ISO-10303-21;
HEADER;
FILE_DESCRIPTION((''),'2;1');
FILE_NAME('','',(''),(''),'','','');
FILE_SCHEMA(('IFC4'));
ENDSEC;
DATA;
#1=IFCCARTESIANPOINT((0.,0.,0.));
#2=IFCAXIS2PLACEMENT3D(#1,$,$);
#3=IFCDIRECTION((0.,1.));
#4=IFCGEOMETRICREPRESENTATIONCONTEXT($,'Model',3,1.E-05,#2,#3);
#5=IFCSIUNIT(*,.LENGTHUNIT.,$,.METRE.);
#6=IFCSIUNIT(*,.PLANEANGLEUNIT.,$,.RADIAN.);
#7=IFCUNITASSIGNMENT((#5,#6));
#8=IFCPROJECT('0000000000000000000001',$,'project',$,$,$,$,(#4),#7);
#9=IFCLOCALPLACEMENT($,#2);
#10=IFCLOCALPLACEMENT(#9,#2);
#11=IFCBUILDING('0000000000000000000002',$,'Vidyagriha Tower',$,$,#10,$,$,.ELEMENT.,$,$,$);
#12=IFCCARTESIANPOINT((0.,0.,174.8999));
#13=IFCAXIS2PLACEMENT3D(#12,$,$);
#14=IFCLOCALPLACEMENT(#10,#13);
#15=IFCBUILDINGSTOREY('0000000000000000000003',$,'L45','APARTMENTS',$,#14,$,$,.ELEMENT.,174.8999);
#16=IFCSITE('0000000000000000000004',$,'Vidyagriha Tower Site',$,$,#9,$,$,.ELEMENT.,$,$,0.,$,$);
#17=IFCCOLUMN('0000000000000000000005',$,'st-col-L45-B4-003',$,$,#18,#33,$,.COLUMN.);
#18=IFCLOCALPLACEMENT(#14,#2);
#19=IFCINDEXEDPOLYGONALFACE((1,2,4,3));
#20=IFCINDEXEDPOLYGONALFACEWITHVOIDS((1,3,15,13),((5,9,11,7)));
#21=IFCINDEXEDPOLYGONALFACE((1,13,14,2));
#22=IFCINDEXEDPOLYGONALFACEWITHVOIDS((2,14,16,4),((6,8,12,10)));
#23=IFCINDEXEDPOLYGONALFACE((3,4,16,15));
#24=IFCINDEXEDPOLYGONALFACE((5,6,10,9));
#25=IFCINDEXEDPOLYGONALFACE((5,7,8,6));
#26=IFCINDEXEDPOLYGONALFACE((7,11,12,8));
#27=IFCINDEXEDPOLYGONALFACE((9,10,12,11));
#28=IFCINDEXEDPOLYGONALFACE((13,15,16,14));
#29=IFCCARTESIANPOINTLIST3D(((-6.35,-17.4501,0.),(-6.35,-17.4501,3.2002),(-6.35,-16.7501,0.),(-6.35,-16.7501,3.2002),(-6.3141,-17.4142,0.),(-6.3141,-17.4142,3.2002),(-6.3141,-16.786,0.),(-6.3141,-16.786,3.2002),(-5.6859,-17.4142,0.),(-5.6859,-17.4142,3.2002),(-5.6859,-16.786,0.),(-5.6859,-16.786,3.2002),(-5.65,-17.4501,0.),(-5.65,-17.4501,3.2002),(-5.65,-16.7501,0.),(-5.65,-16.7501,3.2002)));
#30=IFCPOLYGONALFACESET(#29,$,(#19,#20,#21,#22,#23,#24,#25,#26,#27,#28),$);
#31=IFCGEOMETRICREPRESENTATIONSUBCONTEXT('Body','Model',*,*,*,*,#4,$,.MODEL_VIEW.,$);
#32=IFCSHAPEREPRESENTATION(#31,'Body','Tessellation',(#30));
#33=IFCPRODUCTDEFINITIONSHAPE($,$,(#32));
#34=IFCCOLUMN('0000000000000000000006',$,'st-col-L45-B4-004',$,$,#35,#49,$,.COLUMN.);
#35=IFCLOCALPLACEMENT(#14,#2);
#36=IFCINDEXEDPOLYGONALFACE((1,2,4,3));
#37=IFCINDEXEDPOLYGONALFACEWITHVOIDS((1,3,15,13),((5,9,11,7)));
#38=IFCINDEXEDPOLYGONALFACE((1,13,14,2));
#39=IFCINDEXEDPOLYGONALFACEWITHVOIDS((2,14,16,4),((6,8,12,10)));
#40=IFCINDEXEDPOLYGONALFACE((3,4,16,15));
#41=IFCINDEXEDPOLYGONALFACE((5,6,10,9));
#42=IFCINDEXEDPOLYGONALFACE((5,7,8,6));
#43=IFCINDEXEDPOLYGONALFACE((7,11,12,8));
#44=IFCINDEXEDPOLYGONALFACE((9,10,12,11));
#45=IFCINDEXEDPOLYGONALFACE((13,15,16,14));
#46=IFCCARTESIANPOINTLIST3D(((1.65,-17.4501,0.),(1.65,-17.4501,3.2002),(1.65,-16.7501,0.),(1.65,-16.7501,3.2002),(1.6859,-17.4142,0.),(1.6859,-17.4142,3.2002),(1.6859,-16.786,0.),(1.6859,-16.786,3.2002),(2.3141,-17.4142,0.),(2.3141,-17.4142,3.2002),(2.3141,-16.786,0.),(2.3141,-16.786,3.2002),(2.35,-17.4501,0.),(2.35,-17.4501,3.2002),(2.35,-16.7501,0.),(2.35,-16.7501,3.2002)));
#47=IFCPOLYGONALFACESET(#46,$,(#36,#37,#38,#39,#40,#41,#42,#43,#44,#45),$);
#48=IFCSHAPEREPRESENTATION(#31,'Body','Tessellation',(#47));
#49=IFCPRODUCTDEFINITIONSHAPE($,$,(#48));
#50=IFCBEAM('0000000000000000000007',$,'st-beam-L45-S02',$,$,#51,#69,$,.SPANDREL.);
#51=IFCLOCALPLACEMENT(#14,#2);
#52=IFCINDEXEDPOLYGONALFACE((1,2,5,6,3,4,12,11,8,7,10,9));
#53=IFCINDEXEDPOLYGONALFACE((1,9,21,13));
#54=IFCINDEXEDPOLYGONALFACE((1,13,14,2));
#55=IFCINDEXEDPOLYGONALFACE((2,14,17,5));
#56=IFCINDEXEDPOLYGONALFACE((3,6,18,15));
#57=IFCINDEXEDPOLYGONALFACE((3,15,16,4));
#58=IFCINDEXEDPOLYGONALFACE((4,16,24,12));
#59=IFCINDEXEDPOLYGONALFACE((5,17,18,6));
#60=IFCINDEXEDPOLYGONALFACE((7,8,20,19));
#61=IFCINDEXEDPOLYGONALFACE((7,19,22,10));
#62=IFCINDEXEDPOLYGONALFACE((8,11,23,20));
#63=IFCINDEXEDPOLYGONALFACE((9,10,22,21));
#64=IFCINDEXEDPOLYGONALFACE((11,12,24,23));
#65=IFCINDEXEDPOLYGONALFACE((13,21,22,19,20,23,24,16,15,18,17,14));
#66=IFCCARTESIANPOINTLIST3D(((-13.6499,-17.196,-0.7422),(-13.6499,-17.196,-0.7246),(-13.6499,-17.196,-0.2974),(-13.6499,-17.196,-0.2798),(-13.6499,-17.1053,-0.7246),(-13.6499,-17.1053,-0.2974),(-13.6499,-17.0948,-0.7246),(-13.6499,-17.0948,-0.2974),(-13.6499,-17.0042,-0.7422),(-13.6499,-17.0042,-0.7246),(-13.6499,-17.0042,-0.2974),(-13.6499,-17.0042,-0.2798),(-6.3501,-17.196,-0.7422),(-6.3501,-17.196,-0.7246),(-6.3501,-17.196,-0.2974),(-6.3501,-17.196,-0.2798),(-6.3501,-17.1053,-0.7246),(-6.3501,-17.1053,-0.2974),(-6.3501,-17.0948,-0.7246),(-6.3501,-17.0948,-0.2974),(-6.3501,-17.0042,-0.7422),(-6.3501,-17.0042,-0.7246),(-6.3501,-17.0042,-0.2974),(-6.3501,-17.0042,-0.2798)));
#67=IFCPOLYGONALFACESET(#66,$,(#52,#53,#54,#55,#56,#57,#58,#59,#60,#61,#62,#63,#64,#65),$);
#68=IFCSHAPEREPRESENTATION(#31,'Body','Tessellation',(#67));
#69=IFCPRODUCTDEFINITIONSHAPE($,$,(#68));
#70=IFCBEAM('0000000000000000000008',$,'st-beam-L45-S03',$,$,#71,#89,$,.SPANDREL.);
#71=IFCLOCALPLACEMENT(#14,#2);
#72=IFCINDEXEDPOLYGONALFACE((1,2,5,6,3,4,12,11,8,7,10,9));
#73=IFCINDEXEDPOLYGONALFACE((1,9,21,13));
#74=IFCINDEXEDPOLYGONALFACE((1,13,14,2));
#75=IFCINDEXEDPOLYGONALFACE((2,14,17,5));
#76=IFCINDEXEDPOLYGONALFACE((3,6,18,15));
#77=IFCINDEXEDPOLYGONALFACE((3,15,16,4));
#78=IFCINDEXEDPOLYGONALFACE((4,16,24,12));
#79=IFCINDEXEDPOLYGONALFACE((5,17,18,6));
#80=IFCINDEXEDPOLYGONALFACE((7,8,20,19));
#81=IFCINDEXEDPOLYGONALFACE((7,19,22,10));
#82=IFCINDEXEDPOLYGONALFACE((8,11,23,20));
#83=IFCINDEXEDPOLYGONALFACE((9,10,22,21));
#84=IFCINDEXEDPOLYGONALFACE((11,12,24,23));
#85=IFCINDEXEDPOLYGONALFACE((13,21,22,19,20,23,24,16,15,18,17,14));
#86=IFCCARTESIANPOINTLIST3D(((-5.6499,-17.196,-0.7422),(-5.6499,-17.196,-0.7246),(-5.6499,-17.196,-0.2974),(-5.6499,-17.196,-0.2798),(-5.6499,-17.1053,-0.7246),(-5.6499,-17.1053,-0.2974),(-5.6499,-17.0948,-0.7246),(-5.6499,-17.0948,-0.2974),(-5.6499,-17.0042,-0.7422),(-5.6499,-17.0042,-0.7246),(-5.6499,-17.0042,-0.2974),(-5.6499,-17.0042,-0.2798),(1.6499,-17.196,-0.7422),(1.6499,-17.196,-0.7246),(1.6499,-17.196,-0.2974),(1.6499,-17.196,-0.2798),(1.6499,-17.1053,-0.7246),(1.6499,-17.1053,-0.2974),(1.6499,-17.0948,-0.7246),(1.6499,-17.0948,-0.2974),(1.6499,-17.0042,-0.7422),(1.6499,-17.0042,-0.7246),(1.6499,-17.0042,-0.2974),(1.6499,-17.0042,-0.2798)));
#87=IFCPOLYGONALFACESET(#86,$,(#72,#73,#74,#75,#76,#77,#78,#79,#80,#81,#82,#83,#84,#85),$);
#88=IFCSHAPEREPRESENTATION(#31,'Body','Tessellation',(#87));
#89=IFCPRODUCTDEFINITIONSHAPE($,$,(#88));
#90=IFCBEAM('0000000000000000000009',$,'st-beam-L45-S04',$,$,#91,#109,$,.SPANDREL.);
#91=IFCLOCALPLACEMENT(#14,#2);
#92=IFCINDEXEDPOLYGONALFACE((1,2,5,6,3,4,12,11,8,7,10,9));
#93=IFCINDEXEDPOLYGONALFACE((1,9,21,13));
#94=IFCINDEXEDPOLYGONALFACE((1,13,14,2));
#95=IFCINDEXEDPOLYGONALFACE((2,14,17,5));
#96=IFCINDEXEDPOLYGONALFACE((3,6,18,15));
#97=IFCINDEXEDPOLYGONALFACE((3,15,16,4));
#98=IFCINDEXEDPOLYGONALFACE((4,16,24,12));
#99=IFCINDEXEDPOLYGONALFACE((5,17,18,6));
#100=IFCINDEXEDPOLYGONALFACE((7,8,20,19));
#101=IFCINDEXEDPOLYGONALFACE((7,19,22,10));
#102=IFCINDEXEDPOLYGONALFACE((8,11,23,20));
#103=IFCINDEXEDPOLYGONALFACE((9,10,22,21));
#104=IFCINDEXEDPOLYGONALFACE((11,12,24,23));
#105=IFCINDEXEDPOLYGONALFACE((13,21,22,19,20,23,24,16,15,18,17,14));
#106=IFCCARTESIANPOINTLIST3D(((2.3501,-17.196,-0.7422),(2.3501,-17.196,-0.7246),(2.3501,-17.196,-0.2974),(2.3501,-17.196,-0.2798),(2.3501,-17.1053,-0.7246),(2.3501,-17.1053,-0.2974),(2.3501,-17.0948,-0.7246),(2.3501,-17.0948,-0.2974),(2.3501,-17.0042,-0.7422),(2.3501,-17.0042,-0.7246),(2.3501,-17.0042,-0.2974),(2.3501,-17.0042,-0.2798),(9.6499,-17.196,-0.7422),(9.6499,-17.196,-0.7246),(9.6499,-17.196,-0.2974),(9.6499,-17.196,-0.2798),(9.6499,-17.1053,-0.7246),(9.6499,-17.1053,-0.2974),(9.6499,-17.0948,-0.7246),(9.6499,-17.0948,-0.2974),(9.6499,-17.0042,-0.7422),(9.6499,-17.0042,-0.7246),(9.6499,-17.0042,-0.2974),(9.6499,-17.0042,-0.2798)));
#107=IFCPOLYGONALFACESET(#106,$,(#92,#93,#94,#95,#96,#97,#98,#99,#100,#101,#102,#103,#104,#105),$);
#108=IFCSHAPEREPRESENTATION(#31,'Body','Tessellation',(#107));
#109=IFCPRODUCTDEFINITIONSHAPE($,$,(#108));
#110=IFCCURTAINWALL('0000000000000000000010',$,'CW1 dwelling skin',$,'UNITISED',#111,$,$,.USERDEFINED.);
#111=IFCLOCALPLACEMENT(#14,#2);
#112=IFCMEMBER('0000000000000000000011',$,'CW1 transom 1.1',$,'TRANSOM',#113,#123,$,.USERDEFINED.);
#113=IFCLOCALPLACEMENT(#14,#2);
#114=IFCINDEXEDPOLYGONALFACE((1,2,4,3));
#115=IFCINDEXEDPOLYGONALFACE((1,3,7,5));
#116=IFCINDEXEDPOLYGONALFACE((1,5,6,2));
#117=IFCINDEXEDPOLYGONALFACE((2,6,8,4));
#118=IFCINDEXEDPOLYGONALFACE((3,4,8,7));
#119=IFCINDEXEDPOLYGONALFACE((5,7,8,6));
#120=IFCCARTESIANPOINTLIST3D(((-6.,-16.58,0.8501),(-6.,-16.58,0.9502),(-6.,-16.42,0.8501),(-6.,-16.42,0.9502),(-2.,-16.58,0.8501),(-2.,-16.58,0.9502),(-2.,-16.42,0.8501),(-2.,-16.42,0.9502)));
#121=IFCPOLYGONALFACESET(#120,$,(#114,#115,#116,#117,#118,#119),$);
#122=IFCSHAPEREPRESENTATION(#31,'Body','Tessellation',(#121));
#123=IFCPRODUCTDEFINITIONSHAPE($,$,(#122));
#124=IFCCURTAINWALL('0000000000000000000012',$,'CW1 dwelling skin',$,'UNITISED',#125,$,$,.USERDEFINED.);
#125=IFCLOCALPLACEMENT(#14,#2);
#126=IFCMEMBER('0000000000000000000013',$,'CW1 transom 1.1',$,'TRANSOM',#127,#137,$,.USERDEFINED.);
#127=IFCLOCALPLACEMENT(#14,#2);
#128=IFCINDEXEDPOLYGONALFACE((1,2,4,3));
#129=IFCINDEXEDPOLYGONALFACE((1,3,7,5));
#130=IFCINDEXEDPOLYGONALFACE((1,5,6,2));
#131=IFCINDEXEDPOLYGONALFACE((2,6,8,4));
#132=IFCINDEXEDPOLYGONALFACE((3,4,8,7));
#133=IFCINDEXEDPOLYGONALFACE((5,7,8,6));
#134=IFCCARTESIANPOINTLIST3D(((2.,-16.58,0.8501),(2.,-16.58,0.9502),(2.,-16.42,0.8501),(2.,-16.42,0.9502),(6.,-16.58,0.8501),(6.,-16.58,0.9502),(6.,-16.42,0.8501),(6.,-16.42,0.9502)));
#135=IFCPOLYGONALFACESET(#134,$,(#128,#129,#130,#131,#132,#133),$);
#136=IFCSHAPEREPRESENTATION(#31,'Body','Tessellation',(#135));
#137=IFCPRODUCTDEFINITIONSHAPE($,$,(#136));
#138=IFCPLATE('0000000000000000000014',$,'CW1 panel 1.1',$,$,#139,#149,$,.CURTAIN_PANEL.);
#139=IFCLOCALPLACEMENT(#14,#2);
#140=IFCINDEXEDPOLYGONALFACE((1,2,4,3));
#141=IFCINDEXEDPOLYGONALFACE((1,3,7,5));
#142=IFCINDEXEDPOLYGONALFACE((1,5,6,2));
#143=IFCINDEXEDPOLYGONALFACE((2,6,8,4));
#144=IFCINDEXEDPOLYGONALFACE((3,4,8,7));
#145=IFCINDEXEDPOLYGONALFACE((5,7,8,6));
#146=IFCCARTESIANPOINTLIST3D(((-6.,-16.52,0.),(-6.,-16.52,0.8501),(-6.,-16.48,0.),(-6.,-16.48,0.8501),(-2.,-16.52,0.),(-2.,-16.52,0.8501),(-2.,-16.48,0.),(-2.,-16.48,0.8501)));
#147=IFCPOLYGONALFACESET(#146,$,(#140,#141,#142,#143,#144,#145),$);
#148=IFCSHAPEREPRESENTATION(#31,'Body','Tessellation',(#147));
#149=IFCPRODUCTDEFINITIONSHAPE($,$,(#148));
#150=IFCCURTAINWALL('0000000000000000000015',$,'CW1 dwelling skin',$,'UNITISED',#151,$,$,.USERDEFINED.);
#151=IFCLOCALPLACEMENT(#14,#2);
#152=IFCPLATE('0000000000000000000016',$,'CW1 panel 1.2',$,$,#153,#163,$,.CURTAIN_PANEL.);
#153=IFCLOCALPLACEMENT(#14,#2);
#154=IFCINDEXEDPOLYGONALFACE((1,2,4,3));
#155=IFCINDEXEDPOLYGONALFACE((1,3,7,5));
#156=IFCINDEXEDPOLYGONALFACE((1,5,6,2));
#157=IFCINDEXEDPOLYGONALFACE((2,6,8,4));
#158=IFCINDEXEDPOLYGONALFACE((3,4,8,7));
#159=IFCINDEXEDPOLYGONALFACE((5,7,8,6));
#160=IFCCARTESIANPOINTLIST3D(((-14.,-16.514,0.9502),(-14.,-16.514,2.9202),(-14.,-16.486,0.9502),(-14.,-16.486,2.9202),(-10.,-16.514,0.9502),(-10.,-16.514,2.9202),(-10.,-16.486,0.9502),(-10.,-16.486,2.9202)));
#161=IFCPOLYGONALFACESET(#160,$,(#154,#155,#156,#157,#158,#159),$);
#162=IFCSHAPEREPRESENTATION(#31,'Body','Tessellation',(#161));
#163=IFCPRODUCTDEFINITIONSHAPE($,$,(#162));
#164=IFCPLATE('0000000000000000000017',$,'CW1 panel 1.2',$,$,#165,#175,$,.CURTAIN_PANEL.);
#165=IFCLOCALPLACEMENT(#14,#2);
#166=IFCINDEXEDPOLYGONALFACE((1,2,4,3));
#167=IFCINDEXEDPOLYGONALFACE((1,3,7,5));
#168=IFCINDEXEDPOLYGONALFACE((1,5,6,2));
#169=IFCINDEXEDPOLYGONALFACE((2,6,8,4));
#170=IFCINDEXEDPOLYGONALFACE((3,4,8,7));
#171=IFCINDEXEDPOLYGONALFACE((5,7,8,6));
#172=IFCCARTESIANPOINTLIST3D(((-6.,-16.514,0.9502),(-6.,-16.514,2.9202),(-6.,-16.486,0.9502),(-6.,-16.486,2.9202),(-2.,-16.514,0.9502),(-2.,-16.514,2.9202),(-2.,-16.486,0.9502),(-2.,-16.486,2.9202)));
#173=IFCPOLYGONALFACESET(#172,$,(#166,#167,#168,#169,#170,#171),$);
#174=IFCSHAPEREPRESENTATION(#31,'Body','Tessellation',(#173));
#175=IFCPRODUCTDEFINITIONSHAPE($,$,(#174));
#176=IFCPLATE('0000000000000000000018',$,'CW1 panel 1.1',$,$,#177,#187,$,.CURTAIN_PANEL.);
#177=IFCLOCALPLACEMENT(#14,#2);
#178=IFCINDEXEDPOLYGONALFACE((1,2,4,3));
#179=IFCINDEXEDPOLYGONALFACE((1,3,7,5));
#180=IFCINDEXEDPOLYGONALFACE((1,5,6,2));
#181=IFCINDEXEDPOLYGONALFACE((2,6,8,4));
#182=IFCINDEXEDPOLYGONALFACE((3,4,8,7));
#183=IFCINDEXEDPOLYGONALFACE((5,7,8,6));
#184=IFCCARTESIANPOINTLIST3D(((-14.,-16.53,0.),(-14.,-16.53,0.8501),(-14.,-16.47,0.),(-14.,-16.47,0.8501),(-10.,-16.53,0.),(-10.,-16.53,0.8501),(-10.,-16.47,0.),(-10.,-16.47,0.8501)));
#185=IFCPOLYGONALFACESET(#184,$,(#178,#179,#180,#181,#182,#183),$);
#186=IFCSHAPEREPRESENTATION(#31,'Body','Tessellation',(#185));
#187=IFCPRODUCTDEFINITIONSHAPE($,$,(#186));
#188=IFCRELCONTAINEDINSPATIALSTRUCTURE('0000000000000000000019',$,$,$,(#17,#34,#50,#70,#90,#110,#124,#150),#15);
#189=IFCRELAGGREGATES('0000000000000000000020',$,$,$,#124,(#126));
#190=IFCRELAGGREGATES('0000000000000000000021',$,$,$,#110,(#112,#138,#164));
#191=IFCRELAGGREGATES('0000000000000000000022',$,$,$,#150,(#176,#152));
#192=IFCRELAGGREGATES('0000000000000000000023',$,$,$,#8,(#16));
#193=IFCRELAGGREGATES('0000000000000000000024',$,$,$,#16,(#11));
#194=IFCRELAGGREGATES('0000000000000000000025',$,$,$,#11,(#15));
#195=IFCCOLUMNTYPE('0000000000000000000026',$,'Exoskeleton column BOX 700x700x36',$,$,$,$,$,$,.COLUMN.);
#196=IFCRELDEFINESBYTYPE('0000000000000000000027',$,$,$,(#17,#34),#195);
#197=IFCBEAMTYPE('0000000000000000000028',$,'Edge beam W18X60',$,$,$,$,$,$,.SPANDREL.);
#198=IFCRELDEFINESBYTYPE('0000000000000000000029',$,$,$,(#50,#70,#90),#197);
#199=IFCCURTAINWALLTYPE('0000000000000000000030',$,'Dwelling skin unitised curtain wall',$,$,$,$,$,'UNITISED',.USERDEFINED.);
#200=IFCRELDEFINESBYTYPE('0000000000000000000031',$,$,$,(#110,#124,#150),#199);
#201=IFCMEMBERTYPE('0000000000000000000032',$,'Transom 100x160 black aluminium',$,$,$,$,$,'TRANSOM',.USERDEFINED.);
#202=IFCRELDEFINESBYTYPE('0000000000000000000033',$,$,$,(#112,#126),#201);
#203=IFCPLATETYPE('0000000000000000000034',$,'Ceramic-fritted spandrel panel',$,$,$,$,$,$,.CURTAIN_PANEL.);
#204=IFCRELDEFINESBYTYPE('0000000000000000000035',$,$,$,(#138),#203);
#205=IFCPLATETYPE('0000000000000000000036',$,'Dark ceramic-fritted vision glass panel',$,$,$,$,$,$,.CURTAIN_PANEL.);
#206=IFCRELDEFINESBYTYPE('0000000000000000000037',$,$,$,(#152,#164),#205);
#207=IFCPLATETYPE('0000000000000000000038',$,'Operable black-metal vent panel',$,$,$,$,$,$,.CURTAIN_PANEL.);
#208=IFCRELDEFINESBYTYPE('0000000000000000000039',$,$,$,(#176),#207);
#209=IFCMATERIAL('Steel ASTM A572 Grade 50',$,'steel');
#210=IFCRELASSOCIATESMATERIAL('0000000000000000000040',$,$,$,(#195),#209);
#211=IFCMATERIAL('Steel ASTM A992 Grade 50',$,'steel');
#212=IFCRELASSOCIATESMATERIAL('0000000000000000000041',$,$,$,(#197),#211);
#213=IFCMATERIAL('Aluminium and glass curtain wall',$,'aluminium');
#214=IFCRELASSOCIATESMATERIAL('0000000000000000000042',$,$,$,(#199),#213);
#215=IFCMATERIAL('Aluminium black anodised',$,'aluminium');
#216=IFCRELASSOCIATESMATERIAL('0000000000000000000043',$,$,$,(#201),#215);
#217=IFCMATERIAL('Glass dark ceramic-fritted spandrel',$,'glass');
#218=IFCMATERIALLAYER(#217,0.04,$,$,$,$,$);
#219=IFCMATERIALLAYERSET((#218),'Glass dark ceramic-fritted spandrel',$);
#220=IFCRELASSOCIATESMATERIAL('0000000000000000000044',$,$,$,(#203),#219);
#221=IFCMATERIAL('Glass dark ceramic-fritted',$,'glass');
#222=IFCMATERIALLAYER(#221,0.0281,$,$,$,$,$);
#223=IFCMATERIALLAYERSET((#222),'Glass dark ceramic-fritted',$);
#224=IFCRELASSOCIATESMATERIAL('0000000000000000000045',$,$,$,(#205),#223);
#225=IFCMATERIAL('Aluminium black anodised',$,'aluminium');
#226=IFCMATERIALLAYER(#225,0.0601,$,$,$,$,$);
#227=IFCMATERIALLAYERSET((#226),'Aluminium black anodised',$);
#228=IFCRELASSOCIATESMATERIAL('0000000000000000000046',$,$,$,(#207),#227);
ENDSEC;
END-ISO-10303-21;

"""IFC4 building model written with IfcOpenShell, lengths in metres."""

from ifc_helpers import new_model, si_unit, direction, frame, origin, origin_2d, place, context, subcontext, project, spatial, rectangle, hollow_rectangle, i_section, extrude, material, layer, layer_set, material_profile, profile_set, type_object, element, aggregate, save


model = new_model("IFC4")

# Units and contexts
model_context = context("Model", 3, precision=1e-05, world=origin(), true_north=direction((0.0, 1.0)))
body_context = subcontext(model_context, "Body", "Model", "MODEL_VIEW")
ifc_project = project(units=[si_unit("LENGTHUNIT", "METRE"), si_unit("PLANEANGLEUNIT", "RADIAN")], contexts=[model_context])

# Site, building, storey
site_placement = place(None, origin())
site = spatial("IfcSite", under=ifc_project, at=site_placement, Name="Vidyagriha Tower Site", CompositionType="ELEMENT", RefElevation=0.0)
building_placement = place(site_placement, origin())
building = spatial("IfcBuilding", under=site, at=building_placement, Name="Vidyagriha Tower", CompositionType="ELEMENT")
storey_placement = place(building_placement, frame((0.0, 0.0, 174.8999)))
storey = spatial("IfcBuildingStorey", under=building, at=storey_placement, Name="L45", Description="APARTMENTS", CompositionType="ELEMENT", Elevation=174.8999)

# Columns
ifc_material_1 = material(Name="Steel ASTM A572 Grade 50", Category="steel")
ifc_material_profile_1 = material_profile(ifc_material_1, hollow_rectangle(XDim=0.7, YDim=0.7, WallThickness=0.0359, at=origin_2d()), Name="BOX 700x700x36")
ifc_profile_set_1 = profile_set([ifc_material_profile_1], Name="Steel ASTM A572 Grade 50")
column_type = type_object("IfcColumnType", Name="Exoskeleton column BOX 700x700x36", PredefinedType="COLUMN", material=ifc_profile_set_1)
for number, where, name in (
    (1, (-6.0, -17.1001, 0.0), "st-col-L45-B4-003"),
    (2, (2.0, -17.1001, 0.0), "st-col-L45-B4-004"),
):
    element("IfcColumn", number, at=place(storey_placement, frame(where)), inside=storey, type_object=column_type, Name=name, PredefinedType="COLUMN", context=body_context, shape_type="SweptSolid", body=[
        extrude(hollow_rectangle(XDim=0.7, YDim=0.7, WallThickness=0.0359, at=origin_2d()), origin(), (0.0, 0.0, 1.0), 3.2002),
    ])

# Beams
ifc_material_2 = material(Name="Steel ASTM A992 Grade 50", Category="steel")
ifc_material_profile_2 = material_profile(ifc_material_2, i_section(OverallWidth=0.1919, OverallDepth=0.4624, WebThickness=0.0105, FlangeThickness=0.0176, at=origin_2d()), Name="W18X60")
ifc_profile_set_2 = profile_set([ifc_material_profile_2], Name="Steel ASTM A992 Grade 50")
beam_type = type_object("IfcBeamType", Name="Edge beam W18X60", PredefinedType="SPANDREL", material=ifc_profile_set_2)
for number, where, z_axis, x_axis, name in (
    (3, (-13.6499, -17.1001, -0.511), (1.0, 0.0, 0.0), (0.0, 1.0, 0.0), "st-beam-L45-S02"),
    (4, (-5.6499, -17.1001, -0.511), (1.0, 0.0, 0.0), (0.0, 1.0, 0.0), "st-beam-L45-S03"),
    (5, (2.3501, -17.1001, -0.511), (1.0, 0.0, 0.0), (0.0, 1.0, 0.0), "st-beam-L45-S04"),
):
    element("IfcBeam", number, at=place(storey_placement, frame(where, z_axis=z_axis, x_axis=x_axis)), inside=storey, type_object=beam_type, Name=name, PredefinedType="SPANDREL", context=body_context, shape_type="SweptSolid", body=[
        extrude(i_section(OverallWidth=0.1919, OverallDepth=0.4624, WebThickness=0.0105, FlangeThickness=0.0176, at=origin_2d()), origin(), (0.0, 0.0, 1.0), 7.2998),
    ])

# Curtain walls, members
ifc_material_3 = material(Name="Aluminium and glass curtain wall", Category="aluminium")
curtain_wall_type = type_object("IfcCurtainWallType", Name="Dwelling skin unitised curtain wall", ElementType="UNITISED", PredefinedType="USERDEFINED", material=ifc_material_3)
curtain_wall_1_placement = place(storey_placement, origin())
curtain_wall_1 = element("IfcCurtainWall", 6, at=curtain_wall_1_placement, inside=storey, type_object=curtain_wall_type, Name="CW1 dwelling skin", ObjectType="UNITISED", PredefinedType="USERDEFINED")
ifc_material_4 = material(Name="Aluminium black anodised", Category="aluminium")
ifc_material_profile_3 = material_profile(ifc_material_4, rectangle(XDim=0.1599, YDim=0.1001, at=origin_2d()), Name="Transom 100x160 black aluminium")
ifc_profile_set_3 = profile_set([ifc_material_profile_3], Name="Aluminium black anodised")
member_type = type_object("IfcMemberType", Name="Transom 100x160 black aluminium", ElementType="TRANSOM", PredefinedType="USERDEFINED", material=ifc_profile_set_3)
member_1_placement = place(storey_placement, frame((-6.0, -16.5, 0.9001), z_axis=(1.0, 0.0, 0.0), x_axis=(0.0, 1.0, 0.0)))
member_1 = element("IfcMember", 7, at=member_1_placement, type_object=member_type, Name="CW1 transom 1.1", ObjectType="TRANSOM", PredefinedType="USERDEFINED", context=body_context, shape_type="SweptSolid", body=[
    extrude(rectangle(XDim=0.1599, YDim=0.1001, at=origin_2d()), origin(), (0.0, 0.0, 1.0), 4.0),
])
curtain_wall_2_placement = place(storey_placement, origin())
curtain_wall_2 = element("IfcCurtainWall", 8, at=curtain_wall_2_placement, inside=storey, type_object=curtain_wall_type, Name="CW1 dwelling skin", ObjectType="UNITISED", PredefinedType="USERDEFINED")
member_2_placement = place(storey_placement, frame((2.0, -16.5, 0.9001), z_axis=(1.0, 0.0, 0.0), x_axis=(0.0, 1.0, 0.0)))
member_2 = element("IfcMember", 9, at=member_2_placement, type_object=member_type, Name="CW1 transom 1.1", ObjectType="TRANSOM", PredefinedType="USERDEFINED", context=body_context, shape_type="SweptSolid", body=[
    extrude(rectangle(XDim=0.1599, YDim=0.1001, at=origin_2d()), origin(), (0.0, 0.0, 1.0), 4.0),
])
aggregate(curtain_wall_2, [member_2])

# Plate
ifc_material_5 = material(Name="Glass dark ceramic-fritted spandrel", Category="glass")
ifc_layer_1 = layer(ifc_material_5, 0.04)
ifc_layer_set_1 = layer_set([ifc_layer_1], Name="Glass dark ceramic-fritted spandrel")
plate_type_1 = type_object("IfcPlateType", Name="Ceramic-fritted spandrel panel", PredefinedType="CURTAIN_PANEL", material=ifc_layer_set_1)
plate_1_placement = place(storey_placement, frame((-4.0, -16.5, 0.0)))
plate_1 = element("IfcPlate", 10, at=plate_1_placement, type_object=plate_type_1, Name="CW1 panel 1.1", PredefinedType="CURTAIN_PANEL", context=body_context, shape_type="SweptSolid", body=[
    extrude(rectangle(XDim=4.0, YDim=0.04, at=origin_2d()), origin(), (0.0, 0.0, 1.0), 0.8501),
])

# Curtain wall, plate
curtain_wall_3_placement = place(storey_placement, origin())
curtain_wall_3 = element("IfcCurtainWall", 11, at=curtain_wall_3_placement, inside=storey, type_object=curtain_wall_type, Name="CW1 dwelling skin", ObjectType="UNITISED", PredefinedType="USERDEFINED")
ifc_material_6 = material(Name="Glass dark ceramic-fritted", Category="glass")
ifc_layer_2 = layer(ifc_material_6, 0.0281)
ifc_layer_set_2 = layer_set([ifc_layer_2], Name="Glass dark ceramic-fritted")
plate_type_2 = type_object("IfcPlateType", Name="Dark ceramic-fritted vision glass panel", PredefinedType="CURTAIN_PANEL", material=ifc_layer_set_2)
plate_2_placement = place(storey_placement, frame((-12.0, -16.5, 0.9502)))
plate_2 = element("IfcPlate", 12, at=plate_2_placement, type_object=plate_type_2, Name="CW1 panel 1.2", PredefinedType="CURTAIN_PANEL", context=body_context, shape_type="SweptSolid", body=[
    extrude(rectangle(XDim=4.0, YDim=0.0281, at=origin_2d()), origin(), (0.0, 0.0, 1.0), 1.97),
])

# Plates
plate_3_placement = place(storey_placement, frame((-4.0, -16.5, 0.9502)))
plate_3 = element("IfcPlate", 13, at=plate_3_placement, type_object=plate_type_2, Name="CW1 panel 1.2", PredefinedType="CURTAIN_PANEL", context=body_context, shape_type="SweptSolid", body=[
    extrude(rectangle(XDim=4.0, YDim=0.0281, at=origin_2d()), origin(), (0.0, 0.0, 1.0), 1.97),
])
aggregate(curtain_wall_1, [member_1, plate_1, plate_3])
ifc_material_7 = material(Name="Aluminium black anodised", Category="aluminium")
ifc_layer_3 = layer(ifc_material_7, 0.0601)
ifc_layer_set_3 = layer_set([ifc_layer_3], Name="Aluminium black anodised")
plate_type_3 = type_object("IfcPlateType", Name="Operable black-metal vent panel", PredefinedType="CURTAIN_PANEL", material=ifc_layer_set_3)
plate_4_placement = place(storey_placement, frame((-12.0, -16.5, 0.0)))
plate_4 = element("IfcPlate", 14, at=plate_4_placement, type_object=plate_type_3, Name="CW1 panel 1.1", PredefinedType="CURTAIN_PANEL", context=body_context, shape_type="SweptSolid", body=[
    extrude(rectangle(XDim=4.0, YDim=0.0601, at=origin_2d()), origin(), (0.0, 0.0, 1.0), 0.8501),
])
aggregate(curtain_wall_3, [plate_4, plate_2])

save(model, "model.ifc")
